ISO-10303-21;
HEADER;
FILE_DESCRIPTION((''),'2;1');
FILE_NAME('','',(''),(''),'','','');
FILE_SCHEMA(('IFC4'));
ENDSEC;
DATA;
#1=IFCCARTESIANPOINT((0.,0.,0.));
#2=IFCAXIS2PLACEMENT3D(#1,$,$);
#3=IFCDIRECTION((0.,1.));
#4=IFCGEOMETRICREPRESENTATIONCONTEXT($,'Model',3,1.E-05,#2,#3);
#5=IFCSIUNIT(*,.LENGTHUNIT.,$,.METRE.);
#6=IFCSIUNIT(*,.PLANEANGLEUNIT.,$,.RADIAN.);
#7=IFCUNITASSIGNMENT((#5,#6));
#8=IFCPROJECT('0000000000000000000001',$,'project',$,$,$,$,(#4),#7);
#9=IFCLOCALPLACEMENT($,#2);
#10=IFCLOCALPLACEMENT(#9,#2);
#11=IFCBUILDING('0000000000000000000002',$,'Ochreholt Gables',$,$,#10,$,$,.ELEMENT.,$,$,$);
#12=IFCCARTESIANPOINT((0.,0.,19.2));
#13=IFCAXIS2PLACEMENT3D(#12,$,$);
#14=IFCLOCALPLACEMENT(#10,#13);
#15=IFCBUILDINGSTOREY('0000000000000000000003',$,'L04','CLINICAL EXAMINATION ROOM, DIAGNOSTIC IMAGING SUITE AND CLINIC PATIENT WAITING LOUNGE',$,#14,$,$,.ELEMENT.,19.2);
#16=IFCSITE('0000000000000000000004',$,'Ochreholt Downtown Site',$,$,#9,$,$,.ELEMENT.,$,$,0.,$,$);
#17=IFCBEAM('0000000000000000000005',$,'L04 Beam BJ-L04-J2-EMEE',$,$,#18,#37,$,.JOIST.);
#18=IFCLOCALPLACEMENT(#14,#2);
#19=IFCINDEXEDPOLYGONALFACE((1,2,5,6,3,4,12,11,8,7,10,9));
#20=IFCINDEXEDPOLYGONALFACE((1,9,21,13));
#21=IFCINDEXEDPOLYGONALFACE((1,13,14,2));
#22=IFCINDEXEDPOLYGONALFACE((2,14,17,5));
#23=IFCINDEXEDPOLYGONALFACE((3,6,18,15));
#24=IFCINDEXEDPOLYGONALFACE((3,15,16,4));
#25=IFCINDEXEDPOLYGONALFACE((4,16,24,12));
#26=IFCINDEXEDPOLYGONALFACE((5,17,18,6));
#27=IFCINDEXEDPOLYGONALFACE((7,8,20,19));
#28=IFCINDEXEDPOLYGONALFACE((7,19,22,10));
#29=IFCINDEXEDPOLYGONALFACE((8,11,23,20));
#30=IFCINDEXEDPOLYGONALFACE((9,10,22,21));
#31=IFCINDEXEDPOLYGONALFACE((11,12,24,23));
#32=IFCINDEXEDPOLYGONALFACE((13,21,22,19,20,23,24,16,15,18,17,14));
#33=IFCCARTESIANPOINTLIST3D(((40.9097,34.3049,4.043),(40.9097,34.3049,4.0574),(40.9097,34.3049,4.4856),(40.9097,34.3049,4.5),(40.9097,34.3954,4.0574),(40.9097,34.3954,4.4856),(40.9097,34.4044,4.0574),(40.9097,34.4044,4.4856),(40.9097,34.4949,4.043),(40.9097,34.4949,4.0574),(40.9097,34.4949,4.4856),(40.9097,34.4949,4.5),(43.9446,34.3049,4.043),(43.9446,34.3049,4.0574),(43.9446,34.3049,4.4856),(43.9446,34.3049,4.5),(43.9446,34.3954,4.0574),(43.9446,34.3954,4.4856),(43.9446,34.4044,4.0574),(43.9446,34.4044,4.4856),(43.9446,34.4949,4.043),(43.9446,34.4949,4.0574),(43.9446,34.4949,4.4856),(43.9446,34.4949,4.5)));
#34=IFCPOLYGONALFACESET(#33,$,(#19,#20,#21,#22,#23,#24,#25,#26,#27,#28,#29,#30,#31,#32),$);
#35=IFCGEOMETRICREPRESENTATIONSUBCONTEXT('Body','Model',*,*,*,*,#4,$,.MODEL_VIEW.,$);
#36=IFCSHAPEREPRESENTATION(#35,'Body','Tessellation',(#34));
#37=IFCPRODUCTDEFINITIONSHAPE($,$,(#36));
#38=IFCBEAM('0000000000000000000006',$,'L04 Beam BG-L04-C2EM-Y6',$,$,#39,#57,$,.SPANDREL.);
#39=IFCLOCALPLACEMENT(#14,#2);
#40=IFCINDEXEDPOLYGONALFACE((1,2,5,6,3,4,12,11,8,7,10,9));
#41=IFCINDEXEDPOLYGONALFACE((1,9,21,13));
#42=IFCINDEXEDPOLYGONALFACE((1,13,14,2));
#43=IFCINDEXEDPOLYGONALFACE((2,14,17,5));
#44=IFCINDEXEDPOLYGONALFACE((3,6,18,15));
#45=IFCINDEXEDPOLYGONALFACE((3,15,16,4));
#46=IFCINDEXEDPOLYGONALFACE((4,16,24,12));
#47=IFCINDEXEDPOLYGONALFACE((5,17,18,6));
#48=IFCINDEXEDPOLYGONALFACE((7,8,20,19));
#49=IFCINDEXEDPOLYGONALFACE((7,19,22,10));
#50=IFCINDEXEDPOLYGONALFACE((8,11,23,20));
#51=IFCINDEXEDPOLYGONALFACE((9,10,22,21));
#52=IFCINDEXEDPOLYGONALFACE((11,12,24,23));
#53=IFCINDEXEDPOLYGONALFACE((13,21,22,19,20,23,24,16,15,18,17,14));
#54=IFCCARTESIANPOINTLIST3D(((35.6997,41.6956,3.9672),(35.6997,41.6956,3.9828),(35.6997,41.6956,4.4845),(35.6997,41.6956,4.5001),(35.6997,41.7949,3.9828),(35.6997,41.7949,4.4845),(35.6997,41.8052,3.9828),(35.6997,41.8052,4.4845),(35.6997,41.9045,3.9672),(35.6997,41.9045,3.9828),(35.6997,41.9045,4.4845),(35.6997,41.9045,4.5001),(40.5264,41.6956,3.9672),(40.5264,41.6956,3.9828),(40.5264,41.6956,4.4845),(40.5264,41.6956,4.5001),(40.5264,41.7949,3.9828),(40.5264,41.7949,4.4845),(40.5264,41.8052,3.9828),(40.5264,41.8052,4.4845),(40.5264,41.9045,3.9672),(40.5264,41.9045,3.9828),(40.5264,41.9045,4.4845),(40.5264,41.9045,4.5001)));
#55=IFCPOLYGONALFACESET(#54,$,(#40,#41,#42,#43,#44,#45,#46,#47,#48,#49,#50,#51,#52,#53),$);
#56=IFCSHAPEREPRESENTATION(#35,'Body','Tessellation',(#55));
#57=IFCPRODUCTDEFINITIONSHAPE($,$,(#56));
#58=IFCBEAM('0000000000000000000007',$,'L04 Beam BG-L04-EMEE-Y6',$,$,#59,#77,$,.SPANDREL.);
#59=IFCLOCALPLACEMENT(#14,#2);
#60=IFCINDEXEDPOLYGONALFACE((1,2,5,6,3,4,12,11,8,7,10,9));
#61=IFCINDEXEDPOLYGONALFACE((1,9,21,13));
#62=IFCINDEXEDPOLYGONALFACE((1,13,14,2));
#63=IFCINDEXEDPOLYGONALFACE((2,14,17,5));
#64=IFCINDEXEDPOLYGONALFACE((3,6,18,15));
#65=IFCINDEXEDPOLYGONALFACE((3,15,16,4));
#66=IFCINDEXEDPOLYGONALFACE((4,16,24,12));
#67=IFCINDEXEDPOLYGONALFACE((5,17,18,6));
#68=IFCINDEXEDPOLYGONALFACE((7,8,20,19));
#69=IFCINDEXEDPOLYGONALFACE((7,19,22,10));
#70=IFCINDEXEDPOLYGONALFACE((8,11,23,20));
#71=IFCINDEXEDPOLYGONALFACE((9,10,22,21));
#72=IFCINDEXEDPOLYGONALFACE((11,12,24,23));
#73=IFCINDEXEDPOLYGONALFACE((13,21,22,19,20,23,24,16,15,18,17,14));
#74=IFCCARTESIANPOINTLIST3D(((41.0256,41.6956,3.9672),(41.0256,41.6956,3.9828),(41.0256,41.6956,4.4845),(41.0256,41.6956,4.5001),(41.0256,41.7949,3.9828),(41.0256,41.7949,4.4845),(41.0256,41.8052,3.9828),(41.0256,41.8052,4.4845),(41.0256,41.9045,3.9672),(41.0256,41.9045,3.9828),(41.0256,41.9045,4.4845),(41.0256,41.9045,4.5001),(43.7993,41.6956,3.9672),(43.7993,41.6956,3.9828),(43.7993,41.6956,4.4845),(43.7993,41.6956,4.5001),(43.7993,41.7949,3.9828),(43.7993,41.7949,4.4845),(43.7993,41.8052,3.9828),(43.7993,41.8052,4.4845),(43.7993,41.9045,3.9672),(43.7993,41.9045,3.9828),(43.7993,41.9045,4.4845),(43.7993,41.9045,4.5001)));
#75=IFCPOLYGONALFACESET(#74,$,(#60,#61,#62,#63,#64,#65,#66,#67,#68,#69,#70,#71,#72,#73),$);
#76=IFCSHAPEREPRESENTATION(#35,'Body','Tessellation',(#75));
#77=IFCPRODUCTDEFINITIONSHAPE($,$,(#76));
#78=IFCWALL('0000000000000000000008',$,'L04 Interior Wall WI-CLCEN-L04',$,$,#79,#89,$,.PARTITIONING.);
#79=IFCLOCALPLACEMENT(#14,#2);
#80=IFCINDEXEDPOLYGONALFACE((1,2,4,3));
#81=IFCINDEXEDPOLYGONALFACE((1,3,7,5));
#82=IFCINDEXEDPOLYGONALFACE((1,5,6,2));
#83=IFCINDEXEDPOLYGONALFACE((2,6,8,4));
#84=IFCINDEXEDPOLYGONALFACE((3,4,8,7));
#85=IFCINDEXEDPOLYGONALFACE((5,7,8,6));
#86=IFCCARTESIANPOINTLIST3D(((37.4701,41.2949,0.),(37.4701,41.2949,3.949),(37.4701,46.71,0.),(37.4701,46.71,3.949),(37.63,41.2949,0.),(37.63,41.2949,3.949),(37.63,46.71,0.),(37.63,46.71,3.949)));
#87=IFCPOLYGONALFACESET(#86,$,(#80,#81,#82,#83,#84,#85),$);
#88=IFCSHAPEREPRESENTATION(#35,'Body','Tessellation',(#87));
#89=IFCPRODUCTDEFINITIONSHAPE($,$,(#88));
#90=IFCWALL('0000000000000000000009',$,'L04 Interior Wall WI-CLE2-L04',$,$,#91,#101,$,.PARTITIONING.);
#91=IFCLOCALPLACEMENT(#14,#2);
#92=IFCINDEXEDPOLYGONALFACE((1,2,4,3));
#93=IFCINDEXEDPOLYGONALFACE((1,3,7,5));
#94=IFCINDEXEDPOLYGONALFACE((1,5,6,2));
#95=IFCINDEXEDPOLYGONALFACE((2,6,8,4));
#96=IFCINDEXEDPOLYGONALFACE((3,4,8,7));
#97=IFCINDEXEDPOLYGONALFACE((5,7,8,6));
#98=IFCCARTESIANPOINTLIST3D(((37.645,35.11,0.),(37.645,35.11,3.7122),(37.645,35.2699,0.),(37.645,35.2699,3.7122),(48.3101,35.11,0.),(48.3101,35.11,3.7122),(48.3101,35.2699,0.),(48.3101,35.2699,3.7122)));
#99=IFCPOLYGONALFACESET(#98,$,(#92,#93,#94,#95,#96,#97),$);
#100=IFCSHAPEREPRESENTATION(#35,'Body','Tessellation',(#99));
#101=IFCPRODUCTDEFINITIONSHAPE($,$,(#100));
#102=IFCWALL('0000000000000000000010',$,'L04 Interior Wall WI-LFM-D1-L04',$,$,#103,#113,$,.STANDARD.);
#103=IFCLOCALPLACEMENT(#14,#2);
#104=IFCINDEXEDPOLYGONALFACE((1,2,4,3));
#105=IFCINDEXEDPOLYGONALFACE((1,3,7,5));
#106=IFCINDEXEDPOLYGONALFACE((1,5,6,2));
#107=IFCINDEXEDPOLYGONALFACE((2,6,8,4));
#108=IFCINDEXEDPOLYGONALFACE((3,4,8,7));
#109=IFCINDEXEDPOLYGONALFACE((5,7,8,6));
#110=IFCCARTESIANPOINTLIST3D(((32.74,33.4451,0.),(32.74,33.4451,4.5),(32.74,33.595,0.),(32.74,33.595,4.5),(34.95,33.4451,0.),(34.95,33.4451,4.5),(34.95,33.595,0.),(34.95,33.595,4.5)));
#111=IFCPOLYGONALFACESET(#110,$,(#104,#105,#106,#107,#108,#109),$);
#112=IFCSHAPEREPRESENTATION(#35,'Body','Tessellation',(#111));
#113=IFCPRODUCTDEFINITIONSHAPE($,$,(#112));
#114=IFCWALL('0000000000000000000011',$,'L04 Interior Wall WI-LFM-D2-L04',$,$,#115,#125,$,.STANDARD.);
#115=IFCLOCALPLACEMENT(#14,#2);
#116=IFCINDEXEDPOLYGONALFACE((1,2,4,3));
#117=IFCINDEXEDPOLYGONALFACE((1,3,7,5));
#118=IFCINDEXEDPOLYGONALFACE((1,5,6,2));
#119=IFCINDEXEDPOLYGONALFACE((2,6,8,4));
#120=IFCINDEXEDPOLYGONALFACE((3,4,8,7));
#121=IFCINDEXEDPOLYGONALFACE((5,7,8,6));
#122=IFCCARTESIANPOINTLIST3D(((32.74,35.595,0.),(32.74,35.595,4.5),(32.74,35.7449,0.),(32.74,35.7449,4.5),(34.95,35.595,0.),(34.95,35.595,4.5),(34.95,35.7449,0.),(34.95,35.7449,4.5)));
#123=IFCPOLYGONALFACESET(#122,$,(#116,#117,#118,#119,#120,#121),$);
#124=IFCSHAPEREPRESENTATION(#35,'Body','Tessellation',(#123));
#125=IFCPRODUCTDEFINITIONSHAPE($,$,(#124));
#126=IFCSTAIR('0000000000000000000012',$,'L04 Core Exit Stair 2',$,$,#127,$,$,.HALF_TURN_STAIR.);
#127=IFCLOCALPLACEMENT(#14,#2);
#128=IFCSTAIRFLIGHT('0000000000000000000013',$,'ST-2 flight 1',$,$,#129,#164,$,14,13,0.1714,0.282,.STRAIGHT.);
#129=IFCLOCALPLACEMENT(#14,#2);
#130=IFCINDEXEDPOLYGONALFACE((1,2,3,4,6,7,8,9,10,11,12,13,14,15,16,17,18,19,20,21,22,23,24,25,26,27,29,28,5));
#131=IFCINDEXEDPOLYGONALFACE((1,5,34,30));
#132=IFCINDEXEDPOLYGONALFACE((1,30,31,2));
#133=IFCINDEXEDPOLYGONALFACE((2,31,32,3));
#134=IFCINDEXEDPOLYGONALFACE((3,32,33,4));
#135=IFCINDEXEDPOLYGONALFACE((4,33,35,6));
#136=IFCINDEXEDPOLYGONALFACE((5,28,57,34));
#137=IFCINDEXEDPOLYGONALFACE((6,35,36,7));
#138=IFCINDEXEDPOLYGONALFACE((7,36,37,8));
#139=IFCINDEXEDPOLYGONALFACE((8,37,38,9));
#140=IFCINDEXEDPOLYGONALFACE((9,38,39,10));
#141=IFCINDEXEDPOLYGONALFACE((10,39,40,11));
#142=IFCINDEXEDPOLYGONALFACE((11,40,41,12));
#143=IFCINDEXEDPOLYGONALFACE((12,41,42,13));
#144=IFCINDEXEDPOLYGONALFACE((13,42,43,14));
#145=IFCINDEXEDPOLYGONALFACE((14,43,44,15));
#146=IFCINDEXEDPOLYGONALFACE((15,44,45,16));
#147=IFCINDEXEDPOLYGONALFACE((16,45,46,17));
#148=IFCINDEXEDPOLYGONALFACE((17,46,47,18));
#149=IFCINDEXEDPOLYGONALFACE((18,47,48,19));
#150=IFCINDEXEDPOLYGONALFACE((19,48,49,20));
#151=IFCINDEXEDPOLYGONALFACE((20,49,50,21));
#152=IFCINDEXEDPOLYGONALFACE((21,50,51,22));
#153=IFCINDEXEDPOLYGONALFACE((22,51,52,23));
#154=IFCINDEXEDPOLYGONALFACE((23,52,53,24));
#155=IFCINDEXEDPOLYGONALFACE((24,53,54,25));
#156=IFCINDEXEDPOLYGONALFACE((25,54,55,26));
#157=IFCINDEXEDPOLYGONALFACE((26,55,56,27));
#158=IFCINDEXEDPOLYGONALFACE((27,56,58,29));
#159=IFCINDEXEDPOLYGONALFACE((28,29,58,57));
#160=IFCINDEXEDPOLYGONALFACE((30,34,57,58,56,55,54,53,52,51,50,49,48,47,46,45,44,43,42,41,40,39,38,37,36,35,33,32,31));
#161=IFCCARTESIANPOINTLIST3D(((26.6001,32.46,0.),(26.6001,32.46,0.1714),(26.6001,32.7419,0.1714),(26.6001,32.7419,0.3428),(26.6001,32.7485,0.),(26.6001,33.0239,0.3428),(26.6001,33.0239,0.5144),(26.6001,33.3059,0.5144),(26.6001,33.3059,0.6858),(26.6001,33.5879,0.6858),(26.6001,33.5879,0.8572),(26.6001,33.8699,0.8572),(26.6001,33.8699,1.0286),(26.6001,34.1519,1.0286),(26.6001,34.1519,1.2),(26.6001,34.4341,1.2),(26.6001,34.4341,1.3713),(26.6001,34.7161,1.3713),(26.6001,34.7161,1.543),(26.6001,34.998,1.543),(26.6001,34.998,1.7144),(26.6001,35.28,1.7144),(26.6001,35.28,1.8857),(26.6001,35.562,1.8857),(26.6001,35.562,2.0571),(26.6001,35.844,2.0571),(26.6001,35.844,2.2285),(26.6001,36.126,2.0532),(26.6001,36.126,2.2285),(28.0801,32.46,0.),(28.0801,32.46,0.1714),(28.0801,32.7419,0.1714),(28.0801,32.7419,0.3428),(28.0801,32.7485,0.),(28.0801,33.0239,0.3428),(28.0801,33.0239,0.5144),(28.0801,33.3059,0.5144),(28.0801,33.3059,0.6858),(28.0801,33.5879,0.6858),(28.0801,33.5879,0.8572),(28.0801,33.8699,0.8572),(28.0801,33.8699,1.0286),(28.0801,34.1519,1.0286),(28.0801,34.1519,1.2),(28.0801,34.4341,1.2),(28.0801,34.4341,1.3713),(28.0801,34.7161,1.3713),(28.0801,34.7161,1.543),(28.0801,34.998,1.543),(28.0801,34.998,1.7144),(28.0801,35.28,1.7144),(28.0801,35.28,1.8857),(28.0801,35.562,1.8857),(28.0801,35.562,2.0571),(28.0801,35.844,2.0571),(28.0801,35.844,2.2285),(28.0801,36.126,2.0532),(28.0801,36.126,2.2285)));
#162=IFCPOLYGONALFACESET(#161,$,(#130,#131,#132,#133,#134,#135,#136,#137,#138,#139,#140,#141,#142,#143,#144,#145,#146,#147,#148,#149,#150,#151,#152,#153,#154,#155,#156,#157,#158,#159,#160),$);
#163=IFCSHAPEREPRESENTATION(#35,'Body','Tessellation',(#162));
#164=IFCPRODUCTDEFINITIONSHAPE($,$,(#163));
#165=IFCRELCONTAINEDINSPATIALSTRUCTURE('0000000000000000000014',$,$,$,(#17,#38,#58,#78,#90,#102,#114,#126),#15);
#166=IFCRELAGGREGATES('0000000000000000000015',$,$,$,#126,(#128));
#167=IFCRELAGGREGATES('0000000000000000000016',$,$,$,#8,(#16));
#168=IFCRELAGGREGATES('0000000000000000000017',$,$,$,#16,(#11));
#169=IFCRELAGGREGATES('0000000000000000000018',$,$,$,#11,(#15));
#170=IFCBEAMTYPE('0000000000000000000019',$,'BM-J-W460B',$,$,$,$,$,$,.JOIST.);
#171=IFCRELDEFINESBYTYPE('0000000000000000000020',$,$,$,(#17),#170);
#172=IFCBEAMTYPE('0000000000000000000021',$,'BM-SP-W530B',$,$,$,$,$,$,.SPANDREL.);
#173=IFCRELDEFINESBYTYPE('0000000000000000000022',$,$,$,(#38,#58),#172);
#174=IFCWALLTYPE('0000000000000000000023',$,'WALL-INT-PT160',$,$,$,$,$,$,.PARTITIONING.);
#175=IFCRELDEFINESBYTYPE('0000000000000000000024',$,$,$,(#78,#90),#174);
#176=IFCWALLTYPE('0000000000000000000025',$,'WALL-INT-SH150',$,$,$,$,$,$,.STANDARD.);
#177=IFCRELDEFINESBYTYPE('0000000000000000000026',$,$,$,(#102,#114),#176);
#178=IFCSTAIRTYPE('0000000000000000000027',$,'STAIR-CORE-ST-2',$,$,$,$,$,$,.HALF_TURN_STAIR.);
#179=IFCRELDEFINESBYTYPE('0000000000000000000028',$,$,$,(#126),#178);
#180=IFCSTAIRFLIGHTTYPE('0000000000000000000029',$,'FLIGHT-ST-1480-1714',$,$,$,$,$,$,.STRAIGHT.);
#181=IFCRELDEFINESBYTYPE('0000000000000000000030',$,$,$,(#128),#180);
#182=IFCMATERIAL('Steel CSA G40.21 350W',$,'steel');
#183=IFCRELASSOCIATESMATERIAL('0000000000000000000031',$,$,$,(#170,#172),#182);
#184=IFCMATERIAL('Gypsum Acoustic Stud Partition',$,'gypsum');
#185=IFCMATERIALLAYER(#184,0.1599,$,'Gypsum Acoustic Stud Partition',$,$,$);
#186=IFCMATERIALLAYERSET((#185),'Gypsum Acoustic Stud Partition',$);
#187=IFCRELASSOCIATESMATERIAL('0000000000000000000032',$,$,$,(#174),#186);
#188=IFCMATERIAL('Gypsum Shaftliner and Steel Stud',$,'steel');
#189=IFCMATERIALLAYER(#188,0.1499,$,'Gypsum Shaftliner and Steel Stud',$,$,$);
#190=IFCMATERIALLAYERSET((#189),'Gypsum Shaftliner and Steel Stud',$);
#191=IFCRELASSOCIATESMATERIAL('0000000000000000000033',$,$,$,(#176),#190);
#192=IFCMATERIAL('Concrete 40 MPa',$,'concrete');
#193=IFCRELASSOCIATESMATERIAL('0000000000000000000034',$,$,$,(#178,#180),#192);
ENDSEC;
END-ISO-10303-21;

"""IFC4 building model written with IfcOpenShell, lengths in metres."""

from ifc_helpers import new_model, si_unit, direction, frame, frame_2d, origin, origin_2d, place, context, subcontext, project, spatial, polyline, rectangle, i_section, outline, extrude, material, layer, layer_set, material_profile, profile_set, type_object, element, aggregate, save


model = new_model("IFC4")

# Units and contexts
model_context = context("Model", 3, precision=1e-05, world=origin(), true_north=direction((0.0, 1.0)))
body_context = subcontext(model_context, "Body", "Model", "MODEL_VIEW")
ifc_project = project(units=[si_unit("LENGTHUNIT", "METRE"), si_unit("PLANEANGLEUNIT", "RADIAN")], contexts=[model_context])

# Site, building, storey
site_placement = place(None, origin())
site = spatial("IfcSite", under=ifc_project, at=site_placement, Name="Ochreholt Downtown Site", CompositionType="ELEMENT", RefElevation=0.0)
building_placement = place(site_placement, origin())
building = spatial("IfcBuilding", under=site, at=building_placement, Name="Ochreholt Gables", CompositionType="ELEMENT")
storey_placement = place(building_placement, frame((0.0, 0.0, 19.2)))
storey = spatial("IfcBuildingStorey", under=building, at=storey_placement, Name="L04", Description="CLINICAL EXAMINATION ROOM, DIAGNOSTIC IMAGING SUITE AND CLINIC PATIENT WAITING LOUNGE", CompositionType="ELEMENT", Elevation=19.2)

# Shared definitions
ifc_material_1 = material(Name="Steel CSA G40.21 350W", Category="steel")

# Beams
ifc_material_profile_1 = material_profile(ifc_material_1, i_section(OverallWidth=0.1899, OverallDepth=0.457, WebThickness=0.009, FlangeThickness=0.0144, at=origin_2d()), Name="W460X74")
ifc_profile_set_1 = profile_set([ifc_material_profile_1], Name="Steel CSA G40.21 350W")
beam_type_1 = type_object("IfcBeamType", Name="BM-J-W460B", PredefinedType="JOIST", material=ifc_profile_set_1)
beam_1_placement = place(storey_placement, frame((40.9097, 34.3999, 4.2715), z_axis=(1.0, 0.0, 0.0), x_axis=(0.0, 1.0, 0.0)))
element("IfcBeam", 1, at=beam_1_placement, inside=storey, type_object=beam_type_1, Name="L04 Beam BJ-L04-J2-EMEE", PredefinedType="JOIST", context=body_context, shape_type="SweptSolid", body=[
    extrude(i_section(OverallWidth=0.1899, OverallDepth=0.457, WebThickness=0.009, FlangeThickness=0.0144, at=origin_2d()), origin(), (0.0, 0.0, 1.0), 3.0349),
])
ifc_material_profile_2 = material_profile(ifc_material_1, i_section(OverallWidth=0.209, OverallDepth=0.533, WebThickness=0.0103, FlangeThickness=0.0156, at=origin_2d()), Name="W530X92")
ifc_profile_set_2 = profile_set([ifc_material_profile_2], Name="Steel CSA G40.21 350W")
beam_type_2 = type_object("IfcBeamType", Name="BM-SP-W530B", PredefinedType="SPANDREL", material=ifc_profile_set_2)
beam_2_placement = place(storey_placement, frame((35.6997, 41.8, 4.2336), z_axis=(1.0, 0.0, 0.0), x_axis=(0.0, 1.0, 0.0)))
element("IfcBeam", 2, at=beam_2_placement, inside=storey, type_object=beam_type_2, Name="L04 Beam BG-L04-C2EM-Y6", PredefinedType="SPANDREL", context=body_context, shape_type="SweptSolid", body=[
    extrude(i_section(OverallWidth=0.209, OverallDepth=0.533, WebThickness=0.0103, FlangeThickness=0.0156, at=origin_2d()), origin(), (0.0, 0.0, 1.0), 4.8267),
])
beam_3_placement = place(storey_placement, frame((41.0256, 41.8, 4.2336), z_axis=(1.0, 0.0, 0.0), x_axis=(0.0, 1.0, 0.0)))
element("IfcBeam", 3, at=beam_3_placement, inside=storey, type_object=beam_type_2, Name="L04 Beam BG-L04-EMEE-Y6", PredefinedType="SPANDREL", context=body_context, shape_type="SweptSolid", body=[
    extrude(i_section(OverallWidth=0.209, OverallDepth=0.533, WebThickness=0.0103, FlangeThickness=0.0156, at=origin_2d()), origin(), (0.0, 0.0, 1.0), 2.7737),
])

# Walls
ifc_material_2 = material(Name="Gypsum Acoustic Stud Partition", Category="gypsum")
ifc_layer_1 = layer(ifc_material_2, 0.1599, Name="Gypsum Acoustic Stud Partition")
ifc_layer_set_1 = layer_set([ifc_layer_1], Name="Gypsum Acoustic Stud Partition")
wall_type_1 = type_object("IfcWallType", Name="WALL-INT-PT160", PredefinedType="PARTITIONING", material=ifc_layer_set_1)
wall_1_placement = place(storey_placement, frame((37.55, 41.2949, 0.0), z_axis=(0.0, 0.0, 1.0), x_axis=(0.0, 1.0, 0.0)))
element("IfcWall", 4, at=wall_1_placement, inside=storey, type_object=wall_type_1, Name="L04 Interior Wall WI-CLCEN-L04", PredefinedType="PARTITIONING", context=body_context, shape_type="SweptSolid", body=[
    extrude(rectangle(XDim=5.415, YDim=0.1599, at=frame_2d((2.7075, 0.0))), origin(), (0.0, 0.0, 1.0), 3.949),
])
wall_2_placement = place(storey_placement, frame((37.645, 35.1899, 0.0), z_axis=(0.0, 0.0, 1.0), x_axis=(1.0, 0.0, 0.0)))
element("IfcWall", 5, at=wall_2_placement, inside=storey, type_object=wall_type_1, Name="L04 Interior Wall WI-CLE2-L04", PredefinedType="PARTITIONING", context=body_context, shape_type="SweptSolid", body=[
    extrude(rectangle(XDim=10.665, YDim=0.1599, at=frame_2d((5.3325, 0.0))), origin(), (0.0, 0.0, 1.0), 3.7122),
])
ifc_material_3 = material(Name="Gypsum Shaftliner and Steel Stud", Category="steel")
ifc_layer_2 = layer(ifc_material_3, 0.1499, Name="Gypsum Shaftliner and Steel Stud")
ifc_layer_set_2 = layer_set([ifc_layer_2], Name="Gypsum Shaftliner and Steel Stud")
wall_type_2 = type_object("IfcWallType", Name="WALL-INT-SH150", PredefinedType="STANDARD", material=ifc_layer_set_2)
for number, where, z_axis, x_axis, name in (
    (6, (32.74, 33.52, 0.0), (0.0, 0.0, 1.0), (1.0, 0.0, 0.0), "L04 Interior Wall WI-LFM-D1-L04"),
    (7, (32.74, 35.6699, 0.0), (0.0, 0.0, 1.0), (1.0, 0.0, 0.0), "L04 Interior Wall WI-LFM-D2-L04"),
):
    element("IfcWall", number, at=place(storey_placement, frame(where, z_axis=z_axis, x_axis=x_axis)), inside=storey, type_object=wall_type_2, Name=name, PredefinedType="STANDARD", context=body_context, shape_type="SweptSolid", body=[
        extrude(rectangle(XDim=2.21, YDim=0.1499, at=frame_2d((1.105, 0.0))), origin(), (0.0, 0.0, 1.0), 4.5),
    ])

# Stair, stair flight
ifc_material_4 = material(Name="Concrete 40 MPa", Category="concrete")
stair_type = type_object("IfcStairType", Name="STAIR-CORE-ST-2", PredefinedType="HALF_TURN_STAIR", material=ifc_material_4)
stair_placement = place(storey_placement, origin())
stair = element("IfcStair", 8, at=stair_placement, inside=storey, type_object=stair_type, Name="L04 Core Exit Stair 2", PredefinedType="HALF_TURN_STAIR")
stair_flight_type = type_object("IfcStairFlightType", Name="FLIGHT-ST-1480-1714", PredefinedType="STRAIGHT", material=ifc_material_4)
stair_flight_placement = place(storey_placement, frame((27.3401, 32.46, 0.0), z_axis=(0.0, 0.0, 1.0), x_axis=(0.0, 1.0, 0.0)))
stair_flight = element("IfcStairFlight", 9, at=stair_flight_placement, type_object=stair_flight_type, Name="ST-2 flight 1", NumberOfRisers=14, NumberOfTreads=13, PredefinedType="STRAIGHT", RiserHeight=0.1714, TreadLength=0.282, context=body_context, shape_type="SweptSolid", body=[
    extrude(outline(polyline([(0.0, 0.0), (0.0, 0.1714), (0.282, 0.1714), (0.282, 0.3428), (0.564, 0.3428), (0.564, 0.5144), (0.8459, 0.5144), (0.8459, 0.6858), (1.1279, 0.6858), (1.1279, 0.8572), (1.4099, 0.8572), (1.4099, 1.0286), (1.6919, 1.0286), (1.6919, 1.2), (1.9741, 1.2), (1.9741, 1.3713), (2.2561, 1.3713), (2.2561, 1.543), (2.5381, 1.543), (2.5381, 1.7144), (2.8201, 1.7144), (2.8201, 1.8857), (3.1021, 1.8857), (3.1021, 2.0571), (3.384, 2.0571), (3.384, 2.2285), (3.666, 2.2285), (3.666, 2.3999), (3.666, 2.0532), (0.2886, 0.0), (0.0, 0.0)])), frame((0.0, 0.74, 0.0), z_axis=(0.0, -1.0, 0.0), x_axis=(1.0, 0.0, 0.0)), (0.0, 0.0, 1.0), 1.48),
])
aggregate(stair, [stair_flight])

save(model, "model.ifc")
